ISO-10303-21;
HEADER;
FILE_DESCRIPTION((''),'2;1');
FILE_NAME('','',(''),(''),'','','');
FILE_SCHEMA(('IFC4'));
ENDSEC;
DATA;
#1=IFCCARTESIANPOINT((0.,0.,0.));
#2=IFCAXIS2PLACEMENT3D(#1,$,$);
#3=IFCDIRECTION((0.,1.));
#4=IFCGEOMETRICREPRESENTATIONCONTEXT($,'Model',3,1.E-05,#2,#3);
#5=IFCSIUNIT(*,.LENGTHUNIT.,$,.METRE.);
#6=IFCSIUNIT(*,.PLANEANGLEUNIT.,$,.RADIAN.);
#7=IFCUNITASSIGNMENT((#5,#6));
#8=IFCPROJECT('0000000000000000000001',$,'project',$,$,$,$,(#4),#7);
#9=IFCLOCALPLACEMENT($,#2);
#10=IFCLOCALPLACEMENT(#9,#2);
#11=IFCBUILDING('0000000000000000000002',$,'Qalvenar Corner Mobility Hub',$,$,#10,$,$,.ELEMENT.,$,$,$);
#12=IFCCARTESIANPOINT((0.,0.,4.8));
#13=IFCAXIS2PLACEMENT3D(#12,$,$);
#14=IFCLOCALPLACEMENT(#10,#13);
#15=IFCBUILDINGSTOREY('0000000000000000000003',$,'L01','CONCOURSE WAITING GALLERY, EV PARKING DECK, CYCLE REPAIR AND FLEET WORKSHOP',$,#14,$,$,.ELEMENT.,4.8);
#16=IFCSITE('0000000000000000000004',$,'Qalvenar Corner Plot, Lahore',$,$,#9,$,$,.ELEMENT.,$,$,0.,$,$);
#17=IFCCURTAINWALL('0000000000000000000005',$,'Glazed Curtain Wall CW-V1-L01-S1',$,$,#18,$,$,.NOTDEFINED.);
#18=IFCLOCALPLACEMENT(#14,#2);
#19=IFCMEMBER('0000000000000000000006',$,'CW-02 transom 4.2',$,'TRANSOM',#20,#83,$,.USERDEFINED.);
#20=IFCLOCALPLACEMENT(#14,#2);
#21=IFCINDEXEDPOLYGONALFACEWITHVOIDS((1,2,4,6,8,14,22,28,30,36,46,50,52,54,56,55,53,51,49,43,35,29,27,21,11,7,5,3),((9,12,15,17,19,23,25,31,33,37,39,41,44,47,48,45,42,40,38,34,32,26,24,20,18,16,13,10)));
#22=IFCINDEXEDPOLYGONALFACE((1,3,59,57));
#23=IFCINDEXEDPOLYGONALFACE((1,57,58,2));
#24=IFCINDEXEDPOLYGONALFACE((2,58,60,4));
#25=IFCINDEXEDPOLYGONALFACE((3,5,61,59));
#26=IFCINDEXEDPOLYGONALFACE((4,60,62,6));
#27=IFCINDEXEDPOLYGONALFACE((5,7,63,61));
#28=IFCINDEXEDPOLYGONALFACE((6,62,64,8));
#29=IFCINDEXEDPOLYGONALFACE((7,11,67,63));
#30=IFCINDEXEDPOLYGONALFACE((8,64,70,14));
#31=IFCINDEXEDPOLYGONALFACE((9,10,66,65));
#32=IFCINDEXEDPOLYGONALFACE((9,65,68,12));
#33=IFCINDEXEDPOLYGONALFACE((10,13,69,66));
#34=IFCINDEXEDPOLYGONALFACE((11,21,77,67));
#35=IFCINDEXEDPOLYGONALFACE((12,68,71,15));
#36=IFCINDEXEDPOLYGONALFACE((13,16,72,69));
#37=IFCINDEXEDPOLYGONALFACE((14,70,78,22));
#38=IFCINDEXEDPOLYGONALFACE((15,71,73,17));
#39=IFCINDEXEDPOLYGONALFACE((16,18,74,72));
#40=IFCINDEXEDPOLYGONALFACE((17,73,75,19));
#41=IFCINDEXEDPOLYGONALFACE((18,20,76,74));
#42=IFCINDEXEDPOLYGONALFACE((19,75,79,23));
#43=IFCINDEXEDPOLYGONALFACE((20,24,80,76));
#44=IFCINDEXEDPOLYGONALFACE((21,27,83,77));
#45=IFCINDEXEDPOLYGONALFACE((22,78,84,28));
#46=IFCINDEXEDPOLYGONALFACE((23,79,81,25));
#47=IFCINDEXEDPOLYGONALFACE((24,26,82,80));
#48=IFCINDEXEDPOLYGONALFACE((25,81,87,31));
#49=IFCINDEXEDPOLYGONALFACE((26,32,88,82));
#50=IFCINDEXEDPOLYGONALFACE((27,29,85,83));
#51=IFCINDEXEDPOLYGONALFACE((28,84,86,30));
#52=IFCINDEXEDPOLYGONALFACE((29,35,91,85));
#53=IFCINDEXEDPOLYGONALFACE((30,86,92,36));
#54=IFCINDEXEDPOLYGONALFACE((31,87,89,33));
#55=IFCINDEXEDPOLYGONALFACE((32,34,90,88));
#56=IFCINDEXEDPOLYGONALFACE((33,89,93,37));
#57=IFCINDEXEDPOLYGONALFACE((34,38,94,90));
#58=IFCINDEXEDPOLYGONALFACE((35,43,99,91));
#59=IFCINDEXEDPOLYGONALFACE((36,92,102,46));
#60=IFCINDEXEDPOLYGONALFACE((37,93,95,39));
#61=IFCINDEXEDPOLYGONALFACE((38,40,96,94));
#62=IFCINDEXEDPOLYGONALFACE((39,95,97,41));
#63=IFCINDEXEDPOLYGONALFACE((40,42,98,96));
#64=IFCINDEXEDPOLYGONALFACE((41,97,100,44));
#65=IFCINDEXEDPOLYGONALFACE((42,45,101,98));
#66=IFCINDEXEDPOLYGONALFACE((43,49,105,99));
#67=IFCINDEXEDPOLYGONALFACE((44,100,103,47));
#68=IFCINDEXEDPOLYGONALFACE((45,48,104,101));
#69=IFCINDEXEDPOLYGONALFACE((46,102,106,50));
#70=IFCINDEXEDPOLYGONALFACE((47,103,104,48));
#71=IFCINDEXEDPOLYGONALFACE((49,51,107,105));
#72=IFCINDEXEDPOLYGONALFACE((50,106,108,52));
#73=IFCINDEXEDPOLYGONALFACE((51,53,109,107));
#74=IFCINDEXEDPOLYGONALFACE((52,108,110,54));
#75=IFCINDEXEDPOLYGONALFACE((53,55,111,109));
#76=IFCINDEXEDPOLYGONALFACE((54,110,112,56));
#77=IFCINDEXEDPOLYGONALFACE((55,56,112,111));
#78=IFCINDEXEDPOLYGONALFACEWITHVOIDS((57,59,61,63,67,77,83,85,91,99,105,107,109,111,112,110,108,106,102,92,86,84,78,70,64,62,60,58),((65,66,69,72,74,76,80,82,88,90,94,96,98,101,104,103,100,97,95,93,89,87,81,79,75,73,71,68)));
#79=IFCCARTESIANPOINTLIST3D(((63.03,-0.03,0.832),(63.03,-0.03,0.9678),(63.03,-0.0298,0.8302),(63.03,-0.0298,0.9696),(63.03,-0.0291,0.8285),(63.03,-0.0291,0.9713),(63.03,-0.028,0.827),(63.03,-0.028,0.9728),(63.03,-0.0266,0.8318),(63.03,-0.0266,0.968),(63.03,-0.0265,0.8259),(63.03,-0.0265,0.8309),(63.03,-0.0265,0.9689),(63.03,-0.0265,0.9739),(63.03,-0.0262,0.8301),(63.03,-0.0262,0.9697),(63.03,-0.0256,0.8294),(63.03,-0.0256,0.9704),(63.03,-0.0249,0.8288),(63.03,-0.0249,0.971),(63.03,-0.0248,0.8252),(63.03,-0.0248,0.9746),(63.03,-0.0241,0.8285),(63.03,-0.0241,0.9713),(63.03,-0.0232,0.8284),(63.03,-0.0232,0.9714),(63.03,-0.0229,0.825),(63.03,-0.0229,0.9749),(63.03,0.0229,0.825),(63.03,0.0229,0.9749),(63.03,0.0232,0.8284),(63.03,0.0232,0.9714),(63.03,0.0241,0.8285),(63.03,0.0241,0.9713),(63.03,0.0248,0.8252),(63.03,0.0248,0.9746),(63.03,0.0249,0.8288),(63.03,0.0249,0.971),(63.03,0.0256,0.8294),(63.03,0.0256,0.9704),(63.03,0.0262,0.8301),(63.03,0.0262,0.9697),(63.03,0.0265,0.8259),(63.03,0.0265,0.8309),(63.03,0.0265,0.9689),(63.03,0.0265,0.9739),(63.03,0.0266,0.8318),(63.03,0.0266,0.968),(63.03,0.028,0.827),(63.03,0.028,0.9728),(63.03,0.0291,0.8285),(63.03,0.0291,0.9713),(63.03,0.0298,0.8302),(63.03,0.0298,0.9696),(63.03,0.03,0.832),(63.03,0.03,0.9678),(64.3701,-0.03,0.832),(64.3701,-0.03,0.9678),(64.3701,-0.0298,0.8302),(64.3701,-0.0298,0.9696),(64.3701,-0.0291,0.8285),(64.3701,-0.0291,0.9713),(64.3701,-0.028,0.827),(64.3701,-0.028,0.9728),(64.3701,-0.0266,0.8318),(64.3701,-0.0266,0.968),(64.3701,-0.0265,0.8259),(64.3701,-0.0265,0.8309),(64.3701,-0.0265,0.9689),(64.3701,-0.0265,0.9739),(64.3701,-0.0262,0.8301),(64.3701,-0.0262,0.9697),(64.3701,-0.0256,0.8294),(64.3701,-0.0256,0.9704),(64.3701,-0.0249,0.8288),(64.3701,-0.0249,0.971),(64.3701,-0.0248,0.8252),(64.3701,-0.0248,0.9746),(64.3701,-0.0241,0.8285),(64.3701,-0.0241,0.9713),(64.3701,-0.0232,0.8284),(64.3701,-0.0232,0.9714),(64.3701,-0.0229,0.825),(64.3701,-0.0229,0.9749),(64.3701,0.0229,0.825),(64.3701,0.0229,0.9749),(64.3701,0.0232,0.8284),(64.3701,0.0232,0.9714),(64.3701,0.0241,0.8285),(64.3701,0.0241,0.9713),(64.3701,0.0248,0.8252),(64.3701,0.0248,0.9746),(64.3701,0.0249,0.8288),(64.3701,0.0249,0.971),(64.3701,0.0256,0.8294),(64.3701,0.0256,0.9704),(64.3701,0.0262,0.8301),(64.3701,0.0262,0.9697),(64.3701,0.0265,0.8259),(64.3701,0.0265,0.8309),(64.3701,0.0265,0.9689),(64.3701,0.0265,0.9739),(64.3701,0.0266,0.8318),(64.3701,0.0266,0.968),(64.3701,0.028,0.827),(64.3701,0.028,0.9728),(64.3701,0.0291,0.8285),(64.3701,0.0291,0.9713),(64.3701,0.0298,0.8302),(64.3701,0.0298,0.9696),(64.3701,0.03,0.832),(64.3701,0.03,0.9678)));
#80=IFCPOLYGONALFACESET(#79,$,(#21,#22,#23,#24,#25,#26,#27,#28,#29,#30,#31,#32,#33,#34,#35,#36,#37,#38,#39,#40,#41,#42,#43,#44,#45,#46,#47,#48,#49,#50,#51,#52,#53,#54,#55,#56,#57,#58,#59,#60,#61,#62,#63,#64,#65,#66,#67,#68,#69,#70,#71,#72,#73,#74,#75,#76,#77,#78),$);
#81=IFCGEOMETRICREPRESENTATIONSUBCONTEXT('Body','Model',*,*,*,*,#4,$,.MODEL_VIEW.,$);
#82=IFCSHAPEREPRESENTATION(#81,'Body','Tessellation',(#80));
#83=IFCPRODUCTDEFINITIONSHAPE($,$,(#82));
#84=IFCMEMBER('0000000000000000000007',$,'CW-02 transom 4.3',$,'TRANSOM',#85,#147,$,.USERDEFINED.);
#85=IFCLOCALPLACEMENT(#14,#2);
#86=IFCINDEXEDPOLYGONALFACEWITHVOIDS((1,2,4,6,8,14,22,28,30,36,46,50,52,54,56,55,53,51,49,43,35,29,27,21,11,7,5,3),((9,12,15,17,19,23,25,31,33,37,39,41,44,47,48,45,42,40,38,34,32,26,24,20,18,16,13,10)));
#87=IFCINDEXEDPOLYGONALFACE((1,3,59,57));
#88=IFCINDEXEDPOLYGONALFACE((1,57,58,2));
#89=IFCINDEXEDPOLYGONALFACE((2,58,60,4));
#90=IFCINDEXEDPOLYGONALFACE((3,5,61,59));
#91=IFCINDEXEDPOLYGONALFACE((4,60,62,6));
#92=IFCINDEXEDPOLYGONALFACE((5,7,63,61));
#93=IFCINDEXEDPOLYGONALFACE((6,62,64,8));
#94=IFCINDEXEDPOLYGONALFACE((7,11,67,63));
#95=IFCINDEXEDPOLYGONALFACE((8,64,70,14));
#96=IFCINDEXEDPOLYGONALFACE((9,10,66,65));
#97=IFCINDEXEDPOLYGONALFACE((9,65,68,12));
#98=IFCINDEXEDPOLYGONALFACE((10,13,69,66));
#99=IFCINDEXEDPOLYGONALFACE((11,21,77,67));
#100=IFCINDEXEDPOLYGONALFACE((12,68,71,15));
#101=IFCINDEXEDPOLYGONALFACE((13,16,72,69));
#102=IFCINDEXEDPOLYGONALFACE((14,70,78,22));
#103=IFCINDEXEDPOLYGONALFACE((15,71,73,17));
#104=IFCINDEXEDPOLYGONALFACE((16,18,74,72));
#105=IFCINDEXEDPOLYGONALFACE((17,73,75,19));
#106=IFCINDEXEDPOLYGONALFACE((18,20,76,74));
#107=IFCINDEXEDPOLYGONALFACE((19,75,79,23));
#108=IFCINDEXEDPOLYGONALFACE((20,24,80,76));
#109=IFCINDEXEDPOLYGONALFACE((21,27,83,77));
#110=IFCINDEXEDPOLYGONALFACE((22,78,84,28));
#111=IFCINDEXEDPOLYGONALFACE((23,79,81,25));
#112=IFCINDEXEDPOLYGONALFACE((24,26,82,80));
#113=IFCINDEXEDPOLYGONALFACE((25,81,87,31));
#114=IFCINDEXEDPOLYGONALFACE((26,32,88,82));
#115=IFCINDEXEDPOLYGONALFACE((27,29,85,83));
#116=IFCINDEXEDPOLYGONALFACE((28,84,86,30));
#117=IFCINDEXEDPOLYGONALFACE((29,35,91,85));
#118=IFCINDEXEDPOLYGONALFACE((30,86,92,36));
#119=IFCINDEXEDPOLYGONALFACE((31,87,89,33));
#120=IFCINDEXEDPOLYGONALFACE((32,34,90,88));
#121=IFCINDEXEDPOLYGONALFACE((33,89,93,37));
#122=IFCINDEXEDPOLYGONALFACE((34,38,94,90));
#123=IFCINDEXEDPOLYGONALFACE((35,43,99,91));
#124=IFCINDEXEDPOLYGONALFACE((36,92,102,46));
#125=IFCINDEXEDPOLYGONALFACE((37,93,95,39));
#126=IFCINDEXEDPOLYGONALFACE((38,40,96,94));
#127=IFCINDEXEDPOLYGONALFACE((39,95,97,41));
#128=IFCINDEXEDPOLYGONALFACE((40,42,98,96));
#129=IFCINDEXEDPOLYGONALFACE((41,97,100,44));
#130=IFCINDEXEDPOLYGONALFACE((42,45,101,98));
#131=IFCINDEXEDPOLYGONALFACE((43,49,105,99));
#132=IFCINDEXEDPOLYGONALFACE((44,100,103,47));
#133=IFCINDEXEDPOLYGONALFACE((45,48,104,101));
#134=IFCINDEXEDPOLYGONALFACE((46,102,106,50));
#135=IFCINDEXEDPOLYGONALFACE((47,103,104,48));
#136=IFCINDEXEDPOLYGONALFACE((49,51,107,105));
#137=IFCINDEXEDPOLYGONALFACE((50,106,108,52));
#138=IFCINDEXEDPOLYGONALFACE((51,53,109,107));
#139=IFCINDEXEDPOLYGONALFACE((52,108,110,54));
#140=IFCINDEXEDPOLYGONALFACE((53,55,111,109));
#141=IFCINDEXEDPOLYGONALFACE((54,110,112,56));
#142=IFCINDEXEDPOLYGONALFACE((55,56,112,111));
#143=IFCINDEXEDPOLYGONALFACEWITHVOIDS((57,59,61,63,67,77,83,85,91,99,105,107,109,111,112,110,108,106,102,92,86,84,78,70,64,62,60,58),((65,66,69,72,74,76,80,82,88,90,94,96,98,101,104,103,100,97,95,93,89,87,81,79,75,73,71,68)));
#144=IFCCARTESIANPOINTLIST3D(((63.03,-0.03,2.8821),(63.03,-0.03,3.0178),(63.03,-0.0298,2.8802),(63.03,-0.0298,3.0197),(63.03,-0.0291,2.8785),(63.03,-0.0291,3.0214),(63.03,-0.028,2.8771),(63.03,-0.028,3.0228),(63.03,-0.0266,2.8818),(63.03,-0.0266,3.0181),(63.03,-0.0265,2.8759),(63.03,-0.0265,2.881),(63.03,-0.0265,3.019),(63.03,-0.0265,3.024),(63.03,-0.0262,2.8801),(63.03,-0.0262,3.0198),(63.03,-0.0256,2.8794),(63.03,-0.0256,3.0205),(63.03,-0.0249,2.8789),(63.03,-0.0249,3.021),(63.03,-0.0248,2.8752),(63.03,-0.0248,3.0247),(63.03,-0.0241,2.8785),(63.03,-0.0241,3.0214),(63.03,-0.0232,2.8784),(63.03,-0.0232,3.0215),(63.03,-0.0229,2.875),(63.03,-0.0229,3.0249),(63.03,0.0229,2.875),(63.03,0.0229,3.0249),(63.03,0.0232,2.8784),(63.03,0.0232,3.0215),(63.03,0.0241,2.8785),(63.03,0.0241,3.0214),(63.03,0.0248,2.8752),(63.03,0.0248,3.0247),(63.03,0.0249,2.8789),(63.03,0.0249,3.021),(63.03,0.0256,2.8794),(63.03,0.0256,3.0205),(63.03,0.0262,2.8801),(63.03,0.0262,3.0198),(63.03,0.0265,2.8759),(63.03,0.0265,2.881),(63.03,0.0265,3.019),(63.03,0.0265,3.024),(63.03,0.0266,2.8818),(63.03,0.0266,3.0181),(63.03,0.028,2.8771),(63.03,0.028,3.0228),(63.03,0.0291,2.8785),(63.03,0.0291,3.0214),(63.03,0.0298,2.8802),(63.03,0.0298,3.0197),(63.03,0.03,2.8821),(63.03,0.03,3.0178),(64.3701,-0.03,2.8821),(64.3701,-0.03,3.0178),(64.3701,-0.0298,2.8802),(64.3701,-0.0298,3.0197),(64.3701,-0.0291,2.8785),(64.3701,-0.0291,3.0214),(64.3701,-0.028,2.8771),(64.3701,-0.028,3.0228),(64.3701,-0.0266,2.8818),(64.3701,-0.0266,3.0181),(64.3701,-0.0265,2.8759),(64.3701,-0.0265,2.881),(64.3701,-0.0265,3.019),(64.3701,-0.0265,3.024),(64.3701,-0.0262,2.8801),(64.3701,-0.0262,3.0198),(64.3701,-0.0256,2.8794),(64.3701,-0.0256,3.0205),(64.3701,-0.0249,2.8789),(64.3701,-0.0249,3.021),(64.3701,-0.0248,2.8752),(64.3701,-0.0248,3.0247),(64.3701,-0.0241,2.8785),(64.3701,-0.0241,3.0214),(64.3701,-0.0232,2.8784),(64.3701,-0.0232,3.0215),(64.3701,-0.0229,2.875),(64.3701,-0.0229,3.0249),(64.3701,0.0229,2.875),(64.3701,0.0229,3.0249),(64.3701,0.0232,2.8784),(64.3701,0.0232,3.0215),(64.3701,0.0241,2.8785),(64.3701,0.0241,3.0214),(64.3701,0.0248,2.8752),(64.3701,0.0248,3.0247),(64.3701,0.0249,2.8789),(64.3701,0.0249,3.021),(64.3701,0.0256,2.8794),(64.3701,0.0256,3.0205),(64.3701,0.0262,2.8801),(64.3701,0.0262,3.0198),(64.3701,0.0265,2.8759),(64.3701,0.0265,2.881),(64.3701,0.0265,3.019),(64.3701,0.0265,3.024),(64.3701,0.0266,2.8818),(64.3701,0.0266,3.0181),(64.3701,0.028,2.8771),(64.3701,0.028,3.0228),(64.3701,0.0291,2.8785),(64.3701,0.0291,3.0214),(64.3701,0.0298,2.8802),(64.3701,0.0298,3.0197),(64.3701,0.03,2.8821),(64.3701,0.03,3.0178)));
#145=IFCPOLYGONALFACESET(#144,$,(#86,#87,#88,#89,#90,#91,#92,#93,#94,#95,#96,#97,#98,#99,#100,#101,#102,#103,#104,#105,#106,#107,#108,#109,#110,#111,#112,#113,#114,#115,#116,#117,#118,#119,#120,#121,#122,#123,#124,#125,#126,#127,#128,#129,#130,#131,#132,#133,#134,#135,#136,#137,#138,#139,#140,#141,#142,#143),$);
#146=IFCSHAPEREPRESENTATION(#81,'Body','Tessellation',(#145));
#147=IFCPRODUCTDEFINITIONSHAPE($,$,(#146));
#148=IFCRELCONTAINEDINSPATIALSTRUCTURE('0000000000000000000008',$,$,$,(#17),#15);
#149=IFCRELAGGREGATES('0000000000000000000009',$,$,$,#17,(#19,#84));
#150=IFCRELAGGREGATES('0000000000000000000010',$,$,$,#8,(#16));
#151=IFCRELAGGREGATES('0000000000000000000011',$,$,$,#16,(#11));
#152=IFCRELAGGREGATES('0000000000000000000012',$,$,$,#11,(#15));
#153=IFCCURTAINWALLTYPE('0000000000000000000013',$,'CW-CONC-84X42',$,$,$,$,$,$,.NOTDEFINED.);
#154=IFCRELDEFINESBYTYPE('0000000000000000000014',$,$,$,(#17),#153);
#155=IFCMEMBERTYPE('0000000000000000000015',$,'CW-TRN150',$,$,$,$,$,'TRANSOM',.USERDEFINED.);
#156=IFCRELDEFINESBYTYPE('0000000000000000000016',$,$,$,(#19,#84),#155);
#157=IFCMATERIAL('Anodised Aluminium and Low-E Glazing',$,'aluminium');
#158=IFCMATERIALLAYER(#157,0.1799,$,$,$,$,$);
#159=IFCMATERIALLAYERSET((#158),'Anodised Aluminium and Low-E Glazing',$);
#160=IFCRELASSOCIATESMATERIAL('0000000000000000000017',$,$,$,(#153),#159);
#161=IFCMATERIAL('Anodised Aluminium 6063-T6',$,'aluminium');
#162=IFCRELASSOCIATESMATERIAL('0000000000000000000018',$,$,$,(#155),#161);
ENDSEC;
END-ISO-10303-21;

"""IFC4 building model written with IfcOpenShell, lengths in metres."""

from ifc_helpers import new_model, si_unit, direction, frame, origin, origin_2d, place, context, subcontext, project, spatial, hollow_rectangle, extrude, material, layer, layer_set, material_profile, profile_set, type_object, element, aggregate, save


model = new_model("IFC4")

# Units and contexts
model_context = context("Model", 3, precision=1e-05, world=origin(), true_north=direction((0.0, 1.0)))
body_context = subcontext(model_context, "Body", "Model", "MODEL_VIEW")
ifc_project = project(units=[si_unit("LENGTHUNIT", "METRE"), si_unit("PLANEANGLEUNIT", "RADIAN")], contexts=[model_context])

# Site, building, storey
site_placement = place(None, origin())
site = spatial("IfcSite", under=ifc_project, at=site_placement, Name="Qalvenar Corner Plot, Lahore", CompositionType="ELEMENT", RefElevation=0.0)
building_placement = place(site_placement, origin())
building = spatial("IfcBuilding", under=site, at=building_placement, Name="Qalvenar Corner Mobility Hub", CompositionType="ELEMENT")
storey_placement = place(building_placement, frame((0.0, 0.0, 4.8)))
storey = spatial("IfcBuildingStorey", under=building, at=storey_placement, Name="L01", Description="CONCOURSE WAITING GALLERY, EV PARKING DECK, CYCLE REPAIR AND FLEET WORKSHOP", CompositionType="ELEMENT", Elevation=4.8)

# Curtain wall, members
ifc_material_1 = material(Name="Anodised Aluminium and Low-E Glazing", Category="aluminium")
ifc_layer_1 = layer(ifc_material_1, 0.1799)
ifc_layer_set_1 = layer_set([ifc_layer_1], Name="Anodised Aluminium and Low-E Glazing")
curtain_wall_type = type_object("IfcCurtainWallType", Name="CW-CONC-84X42", PredefinedType="NOTDEFINED", material=ifc_layer_set_1)
curtain_wall_placement = place(storey_placement, origin())
curtain_wall = element("IfcCurtainWall", 1, at=curtain_wall_placement, inside=storey, type_object=curtain_wall_type, Name="Glazed Curtain Wall CW-V1-L01-S1", PredefinedType="NOTDEFINED")
ifc_material_2 = material(Name="Anodised Aluminium 6063-T6", Category="aluminium")
ifc_material_profile_1 = material_profile(ifc_material_2, hollow_rectangle(XDim=0.0601, YDim=0.1499, WallThickness=0.0034, InnerFilletRadius=0.0034, OuterFilletRadius=0.0071, at=origin_2d()), Name="RHS150x60x3.5")
ifc_profile_set_1 = profile_set([ifc_material_profile_1], Name="Anodised Aluminium 6063-T6")
member_type_1 = type_object("IfcMemberType", Name="CW-TRN150", ElementType="TRANSOM", PredefinedType="USERDEFINED", material=ifc_profile_set_1)
member_1_placement = place(storey_placement, frame((63.03, 0.0, 0.8999), z_axis=(1.0, 0.0, 0.0), x_axis=(0.0, 1.0, 0.0)))
member_1 = element("IfcMember", 2, at=member_1_placement, type_object=member_type_1, Name="CW-02 transom 4.2", ObjectType="TRANSOM", PredefinedType="USERDEFINED", context=body_context, shape_type="SweptSolid", body=[
    extrude(hollow_rectangle(XDim=0.0601, YDim=0.1499, WallThickness=0.0034, InnerFilletRadius=0.0034, OuterFilletRadius=0.0071, at=origin_2d()), origin(), (0.0, 0.0, 1.0), 1.3401),
])
member_2_placement = place(storey_placement, frame((63.03, 0.0, 2.95), z_axis=(1.0, 0.0, 0.0), x_axis=(0.0, 1.0, 0.0)))
member_2 = element("IfcMember", 3, at=member_2_placement, type_object=member_type_1, Name="CW-02 transom 4.3", ObjectType="TRANSOM", PredefinedType="USERDEFINED", context=body_context, shape_type="SweptSolid", body=[
    extrude(hollow_rectangle(XDim=0.0601, YDim=0.1499, WallThickness=0.0034, InnerFilletRadius=0.0034, OuterFilletRadius=0.0071, at=origin_2d()), origin(), (0.0, 0.0, 1.0), 1.3401),
])
aggregate(curtain_wall, [member_1, member_2])

save(model, "model.ifc")
